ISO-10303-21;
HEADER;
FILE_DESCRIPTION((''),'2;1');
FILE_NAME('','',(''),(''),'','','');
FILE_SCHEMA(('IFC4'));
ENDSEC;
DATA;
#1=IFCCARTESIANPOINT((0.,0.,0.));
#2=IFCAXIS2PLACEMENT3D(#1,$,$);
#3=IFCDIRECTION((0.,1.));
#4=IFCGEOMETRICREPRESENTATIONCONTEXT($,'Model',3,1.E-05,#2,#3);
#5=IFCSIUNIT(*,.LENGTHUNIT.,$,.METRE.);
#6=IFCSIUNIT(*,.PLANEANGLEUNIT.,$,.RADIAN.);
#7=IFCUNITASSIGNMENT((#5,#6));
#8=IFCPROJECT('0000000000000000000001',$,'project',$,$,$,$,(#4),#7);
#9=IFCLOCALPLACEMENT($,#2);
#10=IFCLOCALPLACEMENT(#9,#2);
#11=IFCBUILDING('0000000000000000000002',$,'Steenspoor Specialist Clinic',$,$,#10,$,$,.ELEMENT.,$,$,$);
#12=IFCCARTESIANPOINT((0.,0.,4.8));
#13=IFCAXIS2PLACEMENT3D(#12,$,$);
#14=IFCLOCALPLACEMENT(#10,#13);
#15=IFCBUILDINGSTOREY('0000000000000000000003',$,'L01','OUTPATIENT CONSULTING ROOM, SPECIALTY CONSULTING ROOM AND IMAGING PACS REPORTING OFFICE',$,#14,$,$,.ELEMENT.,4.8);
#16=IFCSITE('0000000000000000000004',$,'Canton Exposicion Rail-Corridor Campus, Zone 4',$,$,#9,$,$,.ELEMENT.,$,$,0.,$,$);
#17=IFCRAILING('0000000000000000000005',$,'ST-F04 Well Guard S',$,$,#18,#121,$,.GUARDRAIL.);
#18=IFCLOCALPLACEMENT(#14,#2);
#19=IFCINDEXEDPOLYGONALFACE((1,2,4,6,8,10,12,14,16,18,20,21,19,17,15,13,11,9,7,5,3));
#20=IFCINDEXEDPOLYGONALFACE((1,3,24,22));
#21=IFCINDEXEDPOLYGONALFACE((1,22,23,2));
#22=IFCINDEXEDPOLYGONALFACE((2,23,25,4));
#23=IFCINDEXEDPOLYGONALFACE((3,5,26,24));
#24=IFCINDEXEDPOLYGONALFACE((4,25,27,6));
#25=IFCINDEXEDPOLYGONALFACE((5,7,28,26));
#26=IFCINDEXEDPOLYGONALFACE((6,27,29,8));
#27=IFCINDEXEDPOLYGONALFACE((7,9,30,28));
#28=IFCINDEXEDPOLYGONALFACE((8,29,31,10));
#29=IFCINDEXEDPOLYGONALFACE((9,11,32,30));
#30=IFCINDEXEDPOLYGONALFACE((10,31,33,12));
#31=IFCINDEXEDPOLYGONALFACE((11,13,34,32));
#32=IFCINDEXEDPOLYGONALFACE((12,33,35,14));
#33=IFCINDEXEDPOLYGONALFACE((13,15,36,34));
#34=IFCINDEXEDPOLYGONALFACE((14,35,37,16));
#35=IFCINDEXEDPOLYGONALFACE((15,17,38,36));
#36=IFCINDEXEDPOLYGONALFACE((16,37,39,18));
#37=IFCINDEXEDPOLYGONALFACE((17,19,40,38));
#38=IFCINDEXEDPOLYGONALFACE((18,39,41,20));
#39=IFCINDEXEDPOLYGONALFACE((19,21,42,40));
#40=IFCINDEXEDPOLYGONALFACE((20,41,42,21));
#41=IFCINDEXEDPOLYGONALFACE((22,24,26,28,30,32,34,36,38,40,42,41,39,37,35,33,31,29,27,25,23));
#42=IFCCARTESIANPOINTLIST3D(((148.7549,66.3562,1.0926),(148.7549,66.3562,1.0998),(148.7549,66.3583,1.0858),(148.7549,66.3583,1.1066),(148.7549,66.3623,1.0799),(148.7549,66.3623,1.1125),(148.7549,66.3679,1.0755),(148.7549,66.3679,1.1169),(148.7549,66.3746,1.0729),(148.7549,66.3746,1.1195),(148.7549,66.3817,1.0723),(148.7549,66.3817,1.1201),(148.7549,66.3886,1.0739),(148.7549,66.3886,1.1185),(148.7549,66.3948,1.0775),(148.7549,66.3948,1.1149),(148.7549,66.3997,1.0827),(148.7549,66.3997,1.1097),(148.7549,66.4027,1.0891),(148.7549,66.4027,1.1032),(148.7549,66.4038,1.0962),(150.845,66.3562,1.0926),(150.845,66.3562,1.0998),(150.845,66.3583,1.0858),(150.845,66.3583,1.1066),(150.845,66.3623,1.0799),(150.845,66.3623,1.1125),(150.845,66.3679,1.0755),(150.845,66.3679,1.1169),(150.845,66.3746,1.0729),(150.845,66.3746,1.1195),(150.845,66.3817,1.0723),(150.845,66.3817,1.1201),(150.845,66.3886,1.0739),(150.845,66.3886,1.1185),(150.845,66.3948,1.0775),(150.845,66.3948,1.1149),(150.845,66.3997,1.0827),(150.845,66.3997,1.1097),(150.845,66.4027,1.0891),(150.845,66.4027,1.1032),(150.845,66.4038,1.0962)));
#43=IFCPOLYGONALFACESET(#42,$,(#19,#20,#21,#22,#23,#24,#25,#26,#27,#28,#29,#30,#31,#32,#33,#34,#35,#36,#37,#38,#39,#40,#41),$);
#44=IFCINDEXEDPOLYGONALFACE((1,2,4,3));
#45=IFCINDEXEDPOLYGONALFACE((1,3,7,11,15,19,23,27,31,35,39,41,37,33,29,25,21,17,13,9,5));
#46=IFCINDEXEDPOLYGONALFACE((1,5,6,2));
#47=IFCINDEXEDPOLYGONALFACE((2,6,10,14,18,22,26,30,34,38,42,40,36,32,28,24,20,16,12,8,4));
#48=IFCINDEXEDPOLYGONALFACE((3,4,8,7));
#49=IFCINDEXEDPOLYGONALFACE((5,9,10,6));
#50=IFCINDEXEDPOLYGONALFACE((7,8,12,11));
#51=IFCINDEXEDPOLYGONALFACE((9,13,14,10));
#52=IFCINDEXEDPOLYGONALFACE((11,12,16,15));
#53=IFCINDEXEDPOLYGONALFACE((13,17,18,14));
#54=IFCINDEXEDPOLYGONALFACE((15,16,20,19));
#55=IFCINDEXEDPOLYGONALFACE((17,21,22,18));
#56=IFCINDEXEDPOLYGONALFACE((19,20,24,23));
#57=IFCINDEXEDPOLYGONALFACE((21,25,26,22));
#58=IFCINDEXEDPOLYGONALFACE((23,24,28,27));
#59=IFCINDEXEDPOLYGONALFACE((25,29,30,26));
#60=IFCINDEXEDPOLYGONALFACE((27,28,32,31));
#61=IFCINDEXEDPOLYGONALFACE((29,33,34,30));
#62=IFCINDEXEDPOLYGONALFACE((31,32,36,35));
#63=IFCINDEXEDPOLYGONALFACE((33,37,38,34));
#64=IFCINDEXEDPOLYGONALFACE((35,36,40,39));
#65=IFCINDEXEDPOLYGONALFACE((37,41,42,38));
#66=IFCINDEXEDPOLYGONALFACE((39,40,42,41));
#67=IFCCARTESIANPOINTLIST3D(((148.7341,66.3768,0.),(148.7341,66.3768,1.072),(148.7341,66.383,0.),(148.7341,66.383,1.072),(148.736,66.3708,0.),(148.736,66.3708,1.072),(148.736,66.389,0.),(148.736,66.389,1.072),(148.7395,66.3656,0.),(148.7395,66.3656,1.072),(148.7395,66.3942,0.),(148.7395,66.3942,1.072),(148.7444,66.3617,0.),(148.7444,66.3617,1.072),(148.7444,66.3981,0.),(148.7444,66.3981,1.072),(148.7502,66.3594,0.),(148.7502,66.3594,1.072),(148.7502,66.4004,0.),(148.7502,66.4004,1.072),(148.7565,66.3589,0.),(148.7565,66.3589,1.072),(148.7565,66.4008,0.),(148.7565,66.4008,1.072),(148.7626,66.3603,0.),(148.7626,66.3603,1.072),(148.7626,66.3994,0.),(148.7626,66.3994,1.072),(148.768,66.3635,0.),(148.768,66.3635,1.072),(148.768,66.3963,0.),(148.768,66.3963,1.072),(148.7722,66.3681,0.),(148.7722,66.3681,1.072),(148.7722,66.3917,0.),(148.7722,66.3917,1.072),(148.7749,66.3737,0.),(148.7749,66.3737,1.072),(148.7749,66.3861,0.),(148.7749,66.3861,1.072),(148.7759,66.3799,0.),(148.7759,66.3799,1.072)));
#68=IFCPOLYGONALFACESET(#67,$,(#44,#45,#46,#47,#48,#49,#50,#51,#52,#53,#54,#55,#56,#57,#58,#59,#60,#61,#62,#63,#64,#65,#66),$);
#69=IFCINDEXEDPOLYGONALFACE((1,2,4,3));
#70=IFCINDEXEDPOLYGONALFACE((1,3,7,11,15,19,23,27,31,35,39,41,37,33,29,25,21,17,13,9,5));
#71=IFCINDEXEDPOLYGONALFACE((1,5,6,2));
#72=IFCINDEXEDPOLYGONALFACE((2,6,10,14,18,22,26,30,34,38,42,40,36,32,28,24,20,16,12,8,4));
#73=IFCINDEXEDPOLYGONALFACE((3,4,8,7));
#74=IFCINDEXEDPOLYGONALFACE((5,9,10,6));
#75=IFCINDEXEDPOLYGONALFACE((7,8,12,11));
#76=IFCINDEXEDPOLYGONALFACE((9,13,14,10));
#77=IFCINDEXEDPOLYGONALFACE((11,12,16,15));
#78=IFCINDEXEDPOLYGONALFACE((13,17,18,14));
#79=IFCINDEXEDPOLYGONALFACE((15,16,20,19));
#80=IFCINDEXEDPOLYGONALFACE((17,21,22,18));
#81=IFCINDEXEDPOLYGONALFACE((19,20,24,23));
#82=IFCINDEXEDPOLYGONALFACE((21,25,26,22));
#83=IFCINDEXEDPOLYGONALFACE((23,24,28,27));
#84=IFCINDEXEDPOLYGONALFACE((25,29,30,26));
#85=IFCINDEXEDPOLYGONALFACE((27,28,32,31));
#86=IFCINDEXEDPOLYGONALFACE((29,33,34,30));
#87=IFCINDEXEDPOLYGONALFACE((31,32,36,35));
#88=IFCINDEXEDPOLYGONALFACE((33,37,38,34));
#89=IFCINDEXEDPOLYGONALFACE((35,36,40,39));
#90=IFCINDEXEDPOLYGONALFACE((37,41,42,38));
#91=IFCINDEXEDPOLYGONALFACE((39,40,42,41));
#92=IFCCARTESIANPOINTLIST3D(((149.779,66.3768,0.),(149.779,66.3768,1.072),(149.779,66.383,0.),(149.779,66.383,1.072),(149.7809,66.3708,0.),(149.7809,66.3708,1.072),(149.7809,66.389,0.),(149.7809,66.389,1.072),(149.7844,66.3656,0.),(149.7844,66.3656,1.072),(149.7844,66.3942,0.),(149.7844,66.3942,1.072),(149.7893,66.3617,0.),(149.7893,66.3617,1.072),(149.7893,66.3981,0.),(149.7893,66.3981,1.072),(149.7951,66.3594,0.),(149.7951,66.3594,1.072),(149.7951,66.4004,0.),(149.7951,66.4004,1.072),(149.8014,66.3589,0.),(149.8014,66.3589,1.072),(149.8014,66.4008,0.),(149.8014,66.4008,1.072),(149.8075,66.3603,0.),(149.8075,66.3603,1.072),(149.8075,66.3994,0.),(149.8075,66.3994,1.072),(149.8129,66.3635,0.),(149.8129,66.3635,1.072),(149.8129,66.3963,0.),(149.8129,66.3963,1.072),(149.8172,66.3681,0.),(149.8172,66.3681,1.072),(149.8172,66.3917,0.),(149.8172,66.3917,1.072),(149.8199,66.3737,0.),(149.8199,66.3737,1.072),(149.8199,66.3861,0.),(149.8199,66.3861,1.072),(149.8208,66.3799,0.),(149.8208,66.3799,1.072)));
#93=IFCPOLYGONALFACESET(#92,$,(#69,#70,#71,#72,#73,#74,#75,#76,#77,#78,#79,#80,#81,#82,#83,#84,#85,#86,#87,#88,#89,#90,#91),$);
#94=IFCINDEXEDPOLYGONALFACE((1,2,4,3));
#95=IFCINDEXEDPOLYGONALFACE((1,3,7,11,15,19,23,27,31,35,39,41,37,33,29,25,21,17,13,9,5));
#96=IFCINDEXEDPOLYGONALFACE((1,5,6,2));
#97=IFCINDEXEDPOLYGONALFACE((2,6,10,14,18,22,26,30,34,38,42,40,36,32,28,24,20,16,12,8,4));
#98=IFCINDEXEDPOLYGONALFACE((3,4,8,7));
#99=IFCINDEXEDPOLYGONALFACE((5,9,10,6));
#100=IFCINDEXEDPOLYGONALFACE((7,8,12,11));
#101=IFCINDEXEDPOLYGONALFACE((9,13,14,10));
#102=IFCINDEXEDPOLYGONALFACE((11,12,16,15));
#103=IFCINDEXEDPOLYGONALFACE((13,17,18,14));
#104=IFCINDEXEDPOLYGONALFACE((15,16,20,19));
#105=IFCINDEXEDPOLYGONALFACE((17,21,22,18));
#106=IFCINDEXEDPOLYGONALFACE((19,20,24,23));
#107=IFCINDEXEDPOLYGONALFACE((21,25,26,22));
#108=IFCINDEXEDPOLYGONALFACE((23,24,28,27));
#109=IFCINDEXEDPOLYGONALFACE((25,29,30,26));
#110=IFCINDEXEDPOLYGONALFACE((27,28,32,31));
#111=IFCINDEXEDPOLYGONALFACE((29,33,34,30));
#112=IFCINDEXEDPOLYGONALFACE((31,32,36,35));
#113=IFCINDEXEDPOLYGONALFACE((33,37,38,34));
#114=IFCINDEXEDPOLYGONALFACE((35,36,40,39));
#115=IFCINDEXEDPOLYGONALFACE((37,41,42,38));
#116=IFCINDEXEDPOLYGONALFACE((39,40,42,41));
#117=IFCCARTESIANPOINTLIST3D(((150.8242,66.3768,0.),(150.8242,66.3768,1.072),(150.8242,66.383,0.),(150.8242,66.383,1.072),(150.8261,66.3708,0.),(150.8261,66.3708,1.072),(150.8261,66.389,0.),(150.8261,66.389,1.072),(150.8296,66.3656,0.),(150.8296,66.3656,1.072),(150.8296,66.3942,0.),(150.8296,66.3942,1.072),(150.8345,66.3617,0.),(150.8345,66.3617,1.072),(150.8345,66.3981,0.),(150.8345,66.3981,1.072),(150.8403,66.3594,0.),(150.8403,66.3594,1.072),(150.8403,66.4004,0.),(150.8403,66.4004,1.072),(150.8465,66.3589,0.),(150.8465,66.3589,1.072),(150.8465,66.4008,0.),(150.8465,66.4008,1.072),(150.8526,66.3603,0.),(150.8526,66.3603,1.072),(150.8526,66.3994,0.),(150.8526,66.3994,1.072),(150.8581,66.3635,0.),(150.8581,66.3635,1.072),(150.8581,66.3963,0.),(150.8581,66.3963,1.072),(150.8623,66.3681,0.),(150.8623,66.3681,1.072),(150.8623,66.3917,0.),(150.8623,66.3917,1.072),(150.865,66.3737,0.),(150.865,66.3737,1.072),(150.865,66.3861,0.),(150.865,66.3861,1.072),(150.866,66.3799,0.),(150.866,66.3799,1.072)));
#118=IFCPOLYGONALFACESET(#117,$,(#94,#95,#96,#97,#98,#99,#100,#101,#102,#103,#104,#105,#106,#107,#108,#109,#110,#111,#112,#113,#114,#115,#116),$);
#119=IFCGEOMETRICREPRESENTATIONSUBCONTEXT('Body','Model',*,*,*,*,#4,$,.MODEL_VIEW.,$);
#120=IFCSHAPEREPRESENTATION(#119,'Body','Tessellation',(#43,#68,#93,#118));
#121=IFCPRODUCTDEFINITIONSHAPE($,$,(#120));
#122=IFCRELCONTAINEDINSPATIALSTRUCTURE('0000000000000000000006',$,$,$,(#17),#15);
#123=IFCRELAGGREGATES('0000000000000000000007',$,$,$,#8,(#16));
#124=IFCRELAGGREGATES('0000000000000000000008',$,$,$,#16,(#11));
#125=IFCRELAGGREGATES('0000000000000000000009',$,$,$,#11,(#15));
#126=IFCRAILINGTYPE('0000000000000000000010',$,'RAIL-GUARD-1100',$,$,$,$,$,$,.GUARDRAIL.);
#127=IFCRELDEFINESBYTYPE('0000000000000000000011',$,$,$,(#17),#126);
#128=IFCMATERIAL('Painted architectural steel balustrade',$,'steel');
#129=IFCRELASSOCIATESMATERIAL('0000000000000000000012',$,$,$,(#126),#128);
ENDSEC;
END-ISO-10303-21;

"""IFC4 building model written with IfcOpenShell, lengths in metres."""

from ifc_helpers import new_model, si_unit, direction, frame, origin, origin_2d, place, context, subcontext, project, spatial, circle, extrude, material, type_object, element, save


model = new_model("IFC4")

# Units and contexts
model_context = context("Model", 3, precision=1e-05, world=origin(), true_north=direction((0.0, 1.0)))
body_context = subcontext(model_context, "Body", "Model", "MODEL_VIEW")
ifc_project = project(units=[si_unit("LENGTHUNIT", "METRE"), si_unit("PLANEANGLEUNIT", "RADIAN")], contexts=[model_context])

# Site, building, storey
site_placement = place(None, origin())
site = spatial("IfcSite", under=ifc_project, at=site_placement, Name="Canton Exposicion Rail-Corridor Campus, Zone 4", CompositionType="ELEMENT", RefElevation=0.0)
building_placement = place(site_placement, origin())
building = spatial("IfcBuilding", under=site, at=building_placement, Name="Steenspoor Specialist Clinic", CompositionType="ELEMENT")
storey_placement = place(building_placement, frame((0.0, 0.0, 4.8)))
storey = spatial("IfcBuildingStorey", under=building, at=storey_placement, Name="L01", Description="OUTPATIENT CONSULTING ROOM, SPECIALTY CONSULTING ROOM AND IMAGING PACS REPORTING OFFICE", CompositionType="ELEMENT", Elevation=4.8)

# Railing
ifc_material_1 = material(Name="Painted architectural steel balustrade", Category="steel")
railing_type = type_object("IfcRailingType", Name="RAIL-GUARD-1100", PredefinedType="GUARDRAIL", material=ifc_material_1)
railing_1_placement = place(storey_placement, frame((148.7549, 66.3799, 0.0)))
element("IfcRailing", 1, at=railing_1_placement, inside=storey, type_object=railing_type, Name="ST-F04 Well Guard S", PredefinedType="GUARDRAIL", context=body_context, shape_type="SweptSolid", body=[
    extrude(circle(Radius=0.0239, at=origin_2d()), frame((0.0, 0.0, 1.0962), z_axis=(1.0, 0.0, 0.0), x_axis=(0.0, 1.0, 0.0)), (0.0, 0.0, 1.0), 2.0901),
    extrude(circle(Radius=0.021, at=origin_2d()), origin(), (0.0, 0.0, 1.0), 1.072),
    extrude(circle(Radius=0.021, at=origin_2d()), frame((1.0449, 0.0, 0.0)), (0.0, 0.0, 1.0), 1.072),
    extrude(circle(Radius=0.021, at=origin_2d()), frame((2.0901, 0.0, 0.0)), (0.0, 0.0, 1.0), 1.072),
])

save(model, "model.ifc")
